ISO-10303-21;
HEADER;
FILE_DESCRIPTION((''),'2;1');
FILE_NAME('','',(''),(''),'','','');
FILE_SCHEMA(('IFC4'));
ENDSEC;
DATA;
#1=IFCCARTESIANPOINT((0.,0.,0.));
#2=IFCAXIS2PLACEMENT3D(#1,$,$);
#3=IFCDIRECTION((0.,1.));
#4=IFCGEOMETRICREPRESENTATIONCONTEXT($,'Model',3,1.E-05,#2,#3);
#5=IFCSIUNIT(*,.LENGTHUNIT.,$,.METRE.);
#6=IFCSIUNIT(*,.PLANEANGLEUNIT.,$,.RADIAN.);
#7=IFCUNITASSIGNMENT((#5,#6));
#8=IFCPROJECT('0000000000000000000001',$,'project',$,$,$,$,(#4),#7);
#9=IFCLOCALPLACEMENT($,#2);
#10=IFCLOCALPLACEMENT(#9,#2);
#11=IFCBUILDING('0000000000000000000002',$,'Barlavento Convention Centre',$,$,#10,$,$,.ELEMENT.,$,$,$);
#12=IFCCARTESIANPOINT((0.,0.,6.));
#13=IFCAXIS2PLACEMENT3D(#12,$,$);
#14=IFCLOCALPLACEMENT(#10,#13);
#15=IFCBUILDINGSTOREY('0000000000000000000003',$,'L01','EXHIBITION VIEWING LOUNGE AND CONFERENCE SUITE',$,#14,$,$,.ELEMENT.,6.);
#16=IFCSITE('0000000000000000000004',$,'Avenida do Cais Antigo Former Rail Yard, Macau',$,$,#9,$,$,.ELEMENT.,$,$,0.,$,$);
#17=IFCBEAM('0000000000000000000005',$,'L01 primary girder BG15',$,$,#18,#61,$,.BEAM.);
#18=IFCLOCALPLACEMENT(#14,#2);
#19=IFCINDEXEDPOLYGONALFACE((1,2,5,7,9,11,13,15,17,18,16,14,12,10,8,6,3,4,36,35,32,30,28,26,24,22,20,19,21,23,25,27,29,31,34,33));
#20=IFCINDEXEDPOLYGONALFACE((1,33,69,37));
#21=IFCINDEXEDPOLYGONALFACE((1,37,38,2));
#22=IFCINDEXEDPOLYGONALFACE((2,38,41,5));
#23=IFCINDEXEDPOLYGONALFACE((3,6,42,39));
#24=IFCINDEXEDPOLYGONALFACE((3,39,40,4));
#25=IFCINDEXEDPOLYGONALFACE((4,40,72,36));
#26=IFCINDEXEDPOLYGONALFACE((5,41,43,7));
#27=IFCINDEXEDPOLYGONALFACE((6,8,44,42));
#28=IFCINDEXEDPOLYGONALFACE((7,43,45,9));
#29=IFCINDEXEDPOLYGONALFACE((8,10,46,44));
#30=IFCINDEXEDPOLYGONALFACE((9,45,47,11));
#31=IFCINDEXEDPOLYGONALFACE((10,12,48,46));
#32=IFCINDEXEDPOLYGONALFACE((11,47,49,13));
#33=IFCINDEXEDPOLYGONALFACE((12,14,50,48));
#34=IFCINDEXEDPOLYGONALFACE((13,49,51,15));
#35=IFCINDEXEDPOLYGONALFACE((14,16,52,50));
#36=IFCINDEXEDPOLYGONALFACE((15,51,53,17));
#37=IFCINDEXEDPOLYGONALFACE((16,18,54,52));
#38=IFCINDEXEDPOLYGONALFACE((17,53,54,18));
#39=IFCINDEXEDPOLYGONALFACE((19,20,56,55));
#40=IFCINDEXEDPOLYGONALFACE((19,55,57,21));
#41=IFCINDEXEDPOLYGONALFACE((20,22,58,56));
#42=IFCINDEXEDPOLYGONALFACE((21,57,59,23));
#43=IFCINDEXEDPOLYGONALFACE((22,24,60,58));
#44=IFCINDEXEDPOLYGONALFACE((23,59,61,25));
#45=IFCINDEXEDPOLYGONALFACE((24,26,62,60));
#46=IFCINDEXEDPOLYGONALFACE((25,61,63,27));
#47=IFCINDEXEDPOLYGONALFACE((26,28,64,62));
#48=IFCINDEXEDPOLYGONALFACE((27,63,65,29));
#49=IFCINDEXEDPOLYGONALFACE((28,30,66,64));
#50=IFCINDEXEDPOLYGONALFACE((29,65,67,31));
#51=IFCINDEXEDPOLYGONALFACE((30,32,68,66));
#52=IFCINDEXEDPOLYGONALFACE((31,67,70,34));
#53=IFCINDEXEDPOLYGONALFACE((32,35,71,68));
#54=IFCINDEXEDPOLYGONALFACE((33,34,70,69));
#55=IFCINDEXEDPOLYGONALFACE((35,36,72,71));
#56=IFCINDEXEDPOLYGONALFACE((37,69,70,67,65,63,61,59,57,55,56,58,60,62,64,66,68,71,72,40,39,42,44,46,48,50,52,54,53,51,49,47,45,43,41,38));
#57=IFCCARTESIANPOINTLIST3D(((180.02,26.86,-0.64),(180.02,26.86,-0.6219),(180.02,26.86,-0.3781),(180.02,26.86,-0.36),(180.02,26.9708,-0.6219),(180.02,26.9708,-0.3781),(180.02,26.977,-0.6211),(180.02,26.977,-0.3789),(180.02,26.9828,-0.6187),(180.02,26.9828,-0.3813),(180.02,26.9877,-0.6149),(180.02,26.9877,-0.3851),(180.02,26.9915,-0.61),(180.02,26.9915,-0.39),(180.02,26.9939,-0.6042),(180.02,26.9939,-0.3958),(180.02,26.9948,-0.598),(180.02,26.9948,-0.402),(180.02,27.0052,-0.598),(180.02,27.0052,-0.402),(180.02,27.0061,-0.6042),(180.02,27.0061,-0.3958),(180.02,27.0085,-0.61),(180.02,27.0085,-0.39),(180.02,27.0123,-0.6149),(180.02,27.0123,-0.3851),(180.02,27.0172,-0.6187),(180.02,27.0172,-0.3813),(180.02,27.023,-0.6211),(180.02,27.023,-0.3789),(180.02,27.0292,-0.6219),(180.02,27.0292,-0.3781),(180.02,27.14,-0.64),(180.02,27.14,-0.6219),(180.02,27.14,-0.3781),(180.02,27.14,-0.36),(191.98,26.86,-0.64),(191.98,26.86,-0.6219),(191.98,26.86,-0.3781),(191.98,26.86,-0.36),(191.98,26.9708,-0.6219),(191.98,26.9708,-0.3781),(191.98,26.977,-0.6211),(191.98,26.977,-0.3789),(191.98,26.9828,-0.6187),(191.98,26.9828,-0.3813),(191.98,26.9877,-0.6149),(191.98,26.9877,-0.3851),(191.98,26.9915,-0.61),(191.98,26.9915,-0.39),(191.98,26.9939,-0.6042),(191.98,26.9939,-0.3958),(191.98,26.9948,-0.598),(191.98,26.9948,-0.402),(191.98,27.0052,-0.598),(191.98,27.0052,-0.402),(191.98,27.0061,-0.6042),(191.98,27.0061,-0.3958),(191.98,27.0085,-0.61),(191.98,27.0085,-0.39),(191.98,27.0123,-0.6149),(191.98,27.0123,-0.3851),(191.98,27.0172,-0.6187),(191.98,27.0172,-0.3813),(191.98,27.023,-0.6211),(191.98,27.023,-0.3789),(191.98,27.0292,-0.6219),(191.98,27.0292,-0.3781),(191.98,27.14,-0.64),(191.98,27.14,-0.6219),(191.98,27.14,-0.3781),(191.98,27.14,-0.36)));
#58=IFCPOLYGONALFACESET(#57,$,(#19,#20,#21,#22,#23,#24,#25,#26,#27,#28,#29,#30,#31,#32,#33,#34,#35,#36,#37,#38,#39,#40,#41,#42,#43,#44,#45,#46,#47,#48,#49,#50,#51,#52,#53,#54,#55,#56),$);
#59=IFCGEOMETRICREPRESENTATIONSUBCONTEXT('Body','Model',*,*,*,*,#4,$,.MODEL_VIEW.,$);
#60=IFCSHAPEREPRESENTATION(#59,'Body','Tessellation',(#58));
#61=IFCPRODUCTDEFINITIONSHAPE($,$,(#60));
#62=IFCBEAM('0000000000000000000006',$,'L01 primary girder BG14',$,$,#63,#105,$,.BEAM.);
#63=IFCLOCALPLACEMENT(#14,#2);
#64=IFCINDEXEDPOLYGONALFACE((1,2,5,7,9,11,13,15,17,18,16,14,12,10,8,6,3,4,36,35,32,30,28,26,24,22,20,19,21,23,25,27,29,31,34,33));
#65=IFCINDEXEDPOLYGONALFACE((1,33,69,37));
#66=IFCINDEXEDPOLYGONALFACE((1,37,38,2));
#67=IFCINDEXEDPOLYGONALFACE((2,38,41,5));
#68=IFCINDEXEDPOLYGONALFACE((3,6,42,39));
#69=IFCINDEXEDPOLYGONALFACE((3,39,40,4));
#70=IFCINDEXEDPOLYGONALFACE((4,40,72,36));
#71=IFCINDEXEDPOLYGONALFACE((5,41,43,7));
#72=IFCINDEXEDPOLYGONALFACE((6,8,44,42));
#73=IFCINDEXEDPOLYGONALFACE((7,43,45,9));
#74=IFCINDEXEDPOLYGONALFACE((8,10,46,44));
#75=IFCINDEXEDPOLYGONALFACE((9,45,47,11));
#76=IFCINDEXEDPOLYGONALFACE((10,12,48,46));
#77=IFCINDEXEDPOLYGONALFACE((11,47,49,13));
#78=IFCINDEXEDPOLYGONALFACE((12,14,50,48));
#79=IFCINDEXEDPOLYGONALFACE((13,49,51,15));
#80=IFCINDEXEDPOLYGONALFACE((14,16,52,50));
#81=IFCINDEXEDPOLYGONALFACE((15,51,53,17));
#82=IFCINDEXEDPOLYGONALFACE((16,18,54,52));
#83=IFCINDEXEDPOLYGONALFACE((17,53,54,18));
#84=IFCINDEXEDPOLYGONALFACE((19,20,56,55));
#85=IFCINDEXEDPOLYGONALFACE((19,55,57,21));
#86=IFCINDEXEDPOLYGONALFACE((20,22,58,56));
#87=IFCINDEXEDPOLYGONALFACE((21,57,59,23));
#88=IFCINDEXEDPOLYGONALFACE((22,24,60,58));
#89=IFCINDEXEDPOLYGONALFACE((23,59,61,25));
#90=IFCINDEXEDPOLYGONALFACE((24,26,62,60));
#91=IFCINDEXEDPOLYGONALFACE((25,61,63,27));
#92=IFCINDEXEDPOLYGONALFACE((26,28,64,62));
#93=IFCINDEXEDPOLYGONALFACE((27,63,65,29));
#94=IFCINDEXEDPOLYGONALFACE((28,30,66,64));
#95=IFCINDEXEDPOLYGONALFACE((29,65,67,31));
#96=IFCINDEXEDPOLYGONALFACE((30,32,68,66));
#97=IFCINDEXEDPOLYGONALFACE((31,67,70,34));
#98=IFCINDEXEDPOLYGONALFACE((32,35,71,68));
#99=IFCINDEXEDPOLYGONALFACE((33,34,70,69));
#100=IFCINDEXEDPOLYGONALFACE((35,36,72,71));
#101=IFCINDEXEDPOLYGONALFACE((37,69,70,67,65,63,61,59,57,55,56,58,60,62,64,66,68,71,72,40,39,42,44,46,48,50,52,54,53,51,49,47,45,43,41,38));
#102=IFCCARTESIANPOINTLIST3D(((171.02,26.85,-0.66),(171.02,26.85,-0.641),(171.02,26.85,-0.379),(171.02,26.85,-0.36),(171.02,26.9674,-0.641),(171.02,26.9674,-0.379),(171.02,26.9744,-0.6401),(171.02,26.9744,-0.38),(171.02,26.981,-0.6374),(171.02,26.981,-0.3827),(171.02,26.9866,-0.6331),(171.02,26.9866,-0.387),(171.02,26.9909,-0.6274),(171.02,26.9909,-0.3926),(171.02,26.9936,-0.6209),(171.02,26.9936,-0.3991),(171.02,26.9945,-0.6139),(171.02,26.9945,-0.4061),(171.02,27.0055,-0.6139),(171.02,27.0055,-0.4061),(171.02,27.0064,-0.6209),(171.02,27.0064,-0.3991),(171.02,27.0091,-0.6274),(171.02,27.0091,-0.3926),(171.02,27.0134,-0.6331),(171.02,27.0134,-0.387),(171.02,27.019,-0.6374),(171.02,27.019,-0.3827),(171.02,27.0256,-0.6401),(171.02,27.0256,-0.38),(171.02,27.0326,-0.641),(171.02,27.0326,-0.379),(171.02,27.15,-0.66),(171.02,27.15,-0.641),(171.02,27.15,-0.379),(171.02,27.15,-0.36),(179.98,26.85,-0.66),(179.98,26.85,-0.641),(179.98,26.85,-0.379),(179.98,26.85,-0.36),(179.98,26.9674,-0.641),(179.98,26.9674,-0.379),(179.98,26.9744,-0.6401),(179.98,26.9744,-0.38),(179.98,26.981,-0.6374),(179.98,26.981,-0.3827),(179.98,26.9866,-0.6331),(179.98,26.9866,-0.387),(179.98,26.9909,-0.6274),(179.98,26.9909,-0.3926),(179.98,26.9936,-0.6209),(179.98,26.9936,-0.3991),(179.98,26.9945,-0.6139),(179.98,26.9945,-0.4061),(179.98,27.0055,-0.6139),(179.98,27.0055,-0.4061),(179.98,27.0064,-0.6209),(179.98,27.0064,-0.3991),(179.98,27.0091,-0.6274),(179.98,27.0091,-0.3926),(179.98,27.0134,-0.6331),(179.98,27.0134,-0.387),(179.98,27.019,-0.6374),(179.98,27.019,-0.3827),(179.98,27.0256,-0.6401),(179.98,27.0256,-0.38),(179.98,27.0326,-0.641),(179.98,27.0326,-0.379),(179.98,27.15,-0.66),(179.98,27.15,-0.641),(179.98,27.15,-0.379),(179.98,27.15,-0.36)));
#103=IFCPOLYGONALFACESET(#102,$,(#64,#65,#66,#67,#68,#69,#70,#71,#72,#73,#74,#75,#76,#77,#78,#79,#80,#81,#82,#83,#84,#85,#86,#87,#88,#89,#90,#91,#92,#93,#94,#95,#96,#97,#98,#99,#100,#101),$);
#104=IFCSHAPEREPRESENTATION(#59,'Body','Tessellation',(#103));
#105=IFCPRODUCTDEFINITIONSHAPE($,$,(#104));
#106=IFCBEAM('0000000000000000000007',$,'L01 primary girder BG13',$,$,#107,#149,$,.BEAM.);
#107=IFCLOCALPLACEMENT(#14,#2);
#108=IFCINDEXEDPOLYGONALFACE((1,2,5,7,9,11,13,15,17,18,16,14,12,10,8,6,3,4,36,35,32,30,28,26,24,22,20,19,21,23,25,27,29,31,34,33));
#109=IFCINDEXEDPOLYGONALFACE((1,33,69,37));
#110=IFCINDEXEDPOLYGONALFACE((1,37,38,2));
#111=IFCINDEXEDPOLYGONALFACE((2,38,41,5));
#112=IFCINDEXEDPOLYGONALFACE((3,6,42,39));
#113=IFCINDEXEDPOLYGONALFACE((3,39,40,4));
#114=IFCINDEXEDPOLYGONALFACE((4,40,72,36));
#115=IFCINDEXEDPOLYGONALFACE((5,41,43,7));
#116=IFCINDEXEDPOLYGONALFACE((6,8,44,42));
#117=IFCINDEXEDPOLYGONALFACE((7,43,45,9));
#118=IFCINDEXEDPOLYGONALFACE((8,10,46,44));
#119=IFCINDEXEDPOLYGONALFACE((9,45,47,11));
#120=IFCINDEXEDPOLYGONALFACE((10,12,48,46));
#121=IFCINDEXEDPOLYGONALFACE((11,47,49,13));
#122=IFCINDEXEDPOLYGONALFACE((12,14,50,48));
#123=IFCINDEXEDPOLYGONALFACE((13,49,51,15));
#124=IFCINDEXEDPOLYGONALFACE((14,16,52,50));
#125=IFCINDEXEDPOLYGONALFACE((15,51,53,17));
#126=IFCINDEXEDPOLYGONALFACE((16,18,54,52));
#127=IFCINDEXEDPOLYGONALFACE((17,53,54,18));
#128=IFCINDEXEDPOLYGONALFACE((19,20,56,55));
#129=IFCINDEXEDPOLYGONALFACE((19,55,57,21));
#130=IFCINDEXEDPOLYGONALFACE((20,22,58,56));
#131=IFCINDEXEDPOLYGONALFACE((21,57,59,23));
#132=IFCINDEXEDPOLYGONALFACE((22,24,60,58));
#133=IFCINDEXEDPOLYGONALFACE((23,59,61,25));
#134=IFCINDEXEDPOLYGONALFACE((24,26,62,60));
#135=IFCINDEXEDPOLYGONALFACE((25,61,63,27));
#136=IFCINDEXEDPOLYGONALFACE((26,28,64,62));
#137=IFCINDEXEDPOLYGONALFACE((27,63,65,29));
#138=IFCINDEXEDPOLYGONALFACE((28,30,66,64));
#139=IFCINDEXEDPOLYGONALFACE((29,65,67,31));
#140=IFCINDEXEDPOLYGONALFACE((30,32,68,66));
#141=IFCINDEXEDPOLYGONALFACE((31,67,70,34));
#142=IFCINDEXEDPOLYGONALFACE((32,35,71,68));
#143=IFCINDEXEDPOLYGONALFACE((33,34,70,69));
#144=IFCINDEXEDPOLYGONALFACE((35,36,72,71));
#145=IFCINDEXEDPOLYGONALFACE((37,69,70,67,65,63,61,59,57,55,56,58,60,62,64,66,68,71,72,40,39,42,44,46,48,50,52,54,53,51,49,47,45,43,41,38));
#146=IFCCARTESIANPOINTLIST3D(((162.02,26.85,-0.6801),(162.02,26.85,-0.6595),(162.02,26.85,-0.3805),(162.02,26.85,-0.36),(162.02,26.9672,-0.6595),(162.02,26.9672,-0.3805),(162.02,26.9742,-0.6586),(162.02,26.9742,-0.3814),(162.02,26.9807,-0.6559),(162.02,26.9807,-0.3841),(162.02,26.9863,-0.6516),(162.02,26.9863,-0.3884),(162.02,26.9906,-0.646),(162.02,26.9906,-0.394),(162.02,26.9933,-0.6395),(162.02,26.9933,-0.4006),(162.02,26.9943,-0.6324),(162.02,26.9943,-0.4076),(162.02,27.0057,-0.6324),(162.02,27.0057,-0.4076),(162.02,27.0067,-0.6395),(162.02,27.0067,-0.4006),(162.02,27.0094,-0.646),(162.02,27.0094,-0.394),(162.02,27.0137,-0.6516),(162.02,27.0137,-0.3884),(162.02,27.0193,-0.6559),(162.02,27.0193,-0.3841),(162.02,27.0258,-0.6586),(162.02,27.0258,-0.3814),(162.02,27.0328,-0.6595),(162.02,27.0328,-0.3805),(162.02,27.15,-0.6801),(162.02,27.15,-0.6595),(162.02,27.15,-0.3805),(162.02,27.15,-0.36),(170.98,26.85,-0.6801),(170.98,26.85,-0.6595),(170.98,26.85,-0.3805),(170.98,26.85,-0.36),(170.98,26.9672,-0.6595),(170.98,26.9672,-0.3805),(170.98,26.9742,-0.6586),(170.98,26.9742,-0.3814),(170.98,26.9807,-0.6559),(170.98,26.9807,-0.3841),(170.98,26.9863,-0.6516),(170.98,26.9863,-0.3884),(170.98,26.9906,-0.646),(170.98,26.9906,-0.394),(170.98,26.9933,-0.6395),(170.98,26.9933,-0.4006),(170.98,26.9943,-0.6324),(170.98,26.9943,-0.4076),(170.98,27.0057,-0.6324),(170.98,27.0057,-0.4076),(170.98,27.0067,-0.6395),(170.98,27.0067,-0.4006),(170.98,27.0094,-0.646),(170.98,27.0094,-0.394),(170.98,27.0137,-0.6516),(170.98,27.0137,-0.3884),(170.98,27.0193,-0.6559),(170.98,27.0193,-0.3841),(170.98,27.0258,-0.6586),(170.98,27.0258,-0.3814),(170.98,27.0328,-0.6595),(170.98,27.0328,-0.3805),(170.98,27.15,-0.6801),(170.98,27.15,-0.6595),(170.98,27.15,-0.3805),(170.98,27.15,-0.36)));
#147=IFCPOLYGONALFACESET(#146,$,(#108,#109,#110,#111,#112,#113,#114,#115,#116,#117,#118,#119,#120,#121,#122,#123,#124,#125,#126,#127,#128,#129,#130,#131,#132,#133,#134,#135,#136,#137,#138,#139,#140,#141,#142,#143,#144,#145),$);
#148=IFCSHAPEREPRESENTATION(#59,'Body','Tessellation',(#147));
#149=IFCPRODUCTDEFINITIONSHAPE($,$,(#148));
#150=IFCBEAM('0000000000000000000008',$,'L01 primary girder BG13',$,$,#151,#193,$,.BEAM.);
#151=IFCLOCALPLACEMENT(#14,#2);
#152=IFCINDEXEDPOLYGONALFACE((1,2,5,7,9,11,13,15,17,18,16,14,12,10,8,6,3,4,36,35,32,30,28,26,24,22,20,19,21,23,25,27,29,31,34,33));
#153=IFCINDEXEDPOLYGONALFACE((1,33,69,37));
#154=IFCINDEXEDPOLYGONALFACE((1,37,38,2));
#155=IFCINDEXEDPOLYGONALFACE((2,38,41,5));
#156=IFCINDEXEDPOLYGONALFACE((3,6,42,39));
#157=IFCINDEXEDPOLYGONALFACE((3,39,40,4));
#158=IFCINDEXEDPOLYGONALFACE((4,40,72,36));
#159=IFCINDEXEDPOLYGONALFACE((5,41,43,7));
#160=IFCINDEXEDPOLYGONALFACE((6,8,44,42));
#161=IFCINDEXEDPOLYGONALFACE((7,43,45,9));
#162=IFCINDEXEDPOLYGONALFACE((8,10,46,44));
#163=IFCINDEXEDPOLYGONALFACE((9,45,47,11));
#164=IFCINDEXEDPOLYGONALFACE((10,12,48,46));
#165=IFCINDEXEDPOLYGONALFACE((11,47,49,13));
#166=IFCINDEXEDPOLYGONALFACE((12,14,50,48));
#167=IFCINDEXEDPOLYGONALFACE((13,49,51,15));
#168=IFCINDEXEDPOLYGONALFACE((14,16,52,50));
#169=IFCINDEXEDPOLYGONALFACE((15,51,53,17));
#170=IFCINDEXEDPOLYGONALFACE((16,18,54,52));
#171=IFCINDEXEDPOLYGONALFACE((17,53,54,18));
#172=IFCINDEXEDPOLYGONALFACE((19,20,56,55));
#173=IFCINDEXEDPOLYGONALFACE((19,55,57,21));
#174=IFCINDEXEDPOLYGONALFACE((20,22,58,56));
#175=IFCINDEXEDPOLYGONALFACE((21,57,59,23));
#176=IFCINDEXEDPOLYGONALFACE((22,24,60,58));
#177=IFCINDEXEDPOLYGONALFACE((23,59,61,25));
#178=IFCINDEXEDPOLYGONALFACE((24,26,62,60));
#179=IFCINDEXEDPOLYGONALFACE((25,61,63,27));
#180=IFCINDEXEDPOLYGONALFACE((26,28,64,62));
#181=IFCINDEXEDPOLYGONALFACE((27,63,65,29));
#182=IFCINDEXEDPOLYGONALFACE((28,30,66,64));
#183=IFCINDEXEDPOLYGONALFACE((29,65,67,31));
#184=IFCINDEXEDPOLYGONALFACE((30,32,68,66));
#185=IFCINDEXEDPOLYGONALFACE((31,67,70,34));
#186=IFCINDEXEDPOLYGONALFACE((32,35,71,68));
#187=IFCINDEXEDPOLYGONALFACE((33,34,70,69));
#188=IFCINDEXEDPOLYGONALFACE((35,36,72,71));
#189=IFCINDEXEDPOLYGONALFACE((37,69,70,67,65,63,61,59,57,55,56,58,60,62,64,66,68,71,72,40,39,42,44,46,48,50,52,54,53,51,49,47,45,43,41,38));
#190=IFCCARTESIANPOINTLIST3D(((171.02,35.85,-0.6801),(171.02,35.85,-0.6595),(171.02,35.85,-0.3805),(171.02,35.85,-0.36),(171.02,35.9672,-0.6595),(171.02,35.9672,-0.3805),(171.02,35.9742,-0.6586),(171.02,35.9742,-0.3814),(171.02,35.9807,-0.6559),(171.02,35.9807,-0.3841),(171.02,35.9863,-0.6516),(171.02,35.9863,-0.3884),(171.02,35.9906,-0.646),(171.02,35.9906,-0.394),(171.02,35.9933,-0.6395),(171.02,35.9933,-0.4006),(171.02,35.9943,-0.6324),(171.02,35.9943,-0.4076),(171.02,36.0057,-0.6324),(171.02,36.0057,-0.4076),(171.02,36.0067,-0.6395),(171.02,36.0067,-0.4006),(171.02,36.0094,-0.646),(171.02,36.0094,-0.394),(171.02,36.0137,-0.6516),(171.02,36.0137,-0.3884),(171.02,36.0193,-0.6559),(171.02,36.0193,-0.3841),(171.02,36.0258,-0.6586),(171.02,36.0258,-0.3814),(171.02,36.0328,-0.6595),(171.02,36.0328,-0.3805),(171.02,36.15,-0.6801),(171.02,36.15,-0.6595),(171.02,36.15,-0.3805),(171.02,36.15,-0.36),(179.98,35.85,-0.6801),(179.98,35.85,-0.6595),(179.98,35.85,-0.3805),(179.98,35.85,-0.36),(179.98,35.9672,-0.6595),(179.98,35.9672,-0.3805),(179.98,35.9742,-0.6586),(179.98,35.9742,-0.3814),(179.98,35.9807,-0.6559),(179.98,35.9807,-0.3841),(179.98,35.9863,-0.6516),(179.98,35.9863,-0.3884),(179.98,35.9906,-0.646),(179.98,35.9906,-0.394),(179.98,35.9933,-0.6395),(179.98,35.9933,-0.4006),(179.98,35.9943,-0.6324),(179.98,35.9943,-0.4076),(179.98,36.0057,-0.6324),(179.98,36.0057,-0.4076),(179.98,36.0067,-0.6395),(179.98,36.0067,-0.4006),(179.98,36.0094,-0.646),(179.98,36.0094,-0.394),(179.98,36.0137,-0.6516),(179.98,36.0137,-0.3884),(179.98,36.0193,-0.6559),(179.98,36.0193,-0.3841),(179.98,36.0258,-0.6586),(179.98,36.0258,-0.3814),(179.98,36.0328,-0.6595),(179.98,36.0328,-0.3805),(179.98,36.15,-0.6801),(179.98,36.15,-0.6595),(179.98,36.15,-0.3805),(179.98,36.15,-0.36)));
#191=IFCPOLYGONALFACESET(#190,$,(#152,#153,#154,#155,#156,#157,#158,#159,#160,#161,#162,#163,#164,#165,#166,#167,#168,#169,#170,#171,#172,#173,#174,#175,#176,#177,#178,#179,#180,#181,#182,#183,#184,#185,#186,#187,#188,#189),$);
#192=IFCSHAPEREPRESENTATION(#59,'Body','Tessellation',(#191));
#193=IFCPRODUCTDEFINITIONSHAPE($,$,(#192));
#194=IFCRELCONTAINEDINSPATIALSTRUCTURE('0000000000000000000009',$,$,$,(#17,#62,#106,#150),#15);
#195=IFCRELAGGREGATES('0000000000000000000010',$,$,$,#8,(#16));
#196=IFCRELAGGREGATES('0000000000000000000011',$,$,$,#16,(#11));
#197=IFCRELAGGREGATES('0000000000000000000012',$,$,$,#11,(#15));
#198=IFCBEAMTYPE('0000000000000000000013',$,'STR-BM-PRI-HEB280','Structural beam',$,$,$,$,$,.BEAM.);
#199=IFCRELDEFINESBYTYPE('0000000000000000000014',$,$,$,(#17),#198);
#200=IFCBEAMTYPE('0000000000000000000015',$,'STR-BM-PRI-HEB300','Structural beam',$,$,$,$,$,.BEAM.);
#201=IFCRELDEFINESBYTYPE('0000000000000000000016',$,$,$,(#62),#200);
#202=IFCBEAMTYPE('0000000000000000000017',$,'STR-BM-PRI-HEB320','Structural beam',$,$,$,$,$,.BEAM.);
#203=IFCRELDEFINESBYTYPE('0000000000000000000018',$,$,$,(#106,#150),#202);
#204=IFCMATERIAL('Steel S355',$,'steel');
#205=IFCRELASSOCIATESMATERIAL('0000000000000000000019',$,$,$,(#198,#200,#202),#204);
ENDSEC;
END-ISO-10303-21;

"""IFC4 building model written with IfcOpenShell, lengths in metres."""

from ifc_helpers import new_model, si_unit, direction, frame, origin, origin_2d, place, context, subcontext, project, spatial, i_section, extrude, material, material_profile, profile_set, type_object, element, save


model = new_model("IFC4")

# Units and contexts
model_context = context("Model", 3, precision=1e-05, world=origin(), true_north=direction((0.0, 1.0)))
body_context = subcontext(model_context, "Body", "Model", "MODEL_VIEW")
ifc_project = project(units=[si_unit("LENGTHUNIT", "METRE"), si_unit("PLANEANGLEUNIT", "RADIAN")], contexts=[model_context])

# Site, building, storey
site_placement = place(None, origin())
site = spatial("IfcSite", under=ifc_project, at=site_placement, Name="Avenida do Cais Antigo Former Rail Yard, Macau", CompositionType="ELEMENT", RefElevation=0.0)
building_placement = place(site_placement, origin())
building = spatial("IfcBuilding", under=site, at=building_placement, Name="Barlavento Convention Centre", CompositionType="ELEMENT")
storey_placement = place(building_placement, frame((0.0, 0.0, 6.0)))
storey = spatial("IfcBuildingStorey", under=building, at=storey_placement, Name="L01", Description="EXHIBITION VIEWING LOUNGE AND CONFERENCE SUITE", CompositionType="ELEMENT", Elevation=6.0)

# Shared definitions
ifc_material_1 = material(Name="Steel S355", Category="steel")

# Beams
ifc_material_profile_1 = material_profile(ifc_material_1, i_section(OverallWidth=0.28, OverallDepth=0.28, WebThickness=0.0105, FlangeThickness=0.0181, FilletRadius=0.0239, at=origin_2d()), Name="HEB 280")
ifc_profile_set_1 = profile_set([ifc_material_profile_1], Name="Steel S355")
beam_type_1 = type_object("IfcBeamType", Name="STR-BM-PRI-HEB280", Description="Structural beam", PredefinedType="BEAM", material=ifc_profile_set_1)
beam_1_placement = place(storey_placement, frame((180.02, 27.0, -0.5), z_axis=(1.0, 0.0, 0.0), x_axis=(0.0, 1.0, 0.0)))
element("IfcBeam", 1, at=beam_1_placement, inside=storey, type_object=beam_type_1, Name="L01 primary girder BG15", PredefinedType="BEAM", context=body_context, shape_type="SweptSolid", body=[
    extrude(i_section(OverallWidth=0.28, OverallDepth=0.28, WebThickness=0.0105, FlangeThickness=0.0181, FilletRadius=0.0239, at=origin_2d()), origin(), (0.0, 0.0, 1.0), 11.96),
])
ifc_material_profile_2 = material_profile(ifc_material_1, i_section(OverallWidth=0.3, OverallDepth=0.3, WebThickness=0.011, FlangeThickness=0.019, FilletRadius=0.0271, at=origin_2d()), Name="HEB 300")
ifc_profile_set_2 = profile_set([ifc_material_profile_2], Name="Steel S355")
beam_type_2 = type_object("IfcBeamType", Name="STR-BM-PRI-HEB300", Description="Structural beam", PredefinedType="BEAM", material=ifc_profile_set_2)
beam_2_placement = place(storey_placement, frame((171.02, 27.0, -0.51), z_axis=(1.0, 0.0, 0.0), x_axis=(0.0, 1.0, 0.0)))
element("IfcBeam", 2, at=beam_2_placement, inside=storey, type_object=beam_type_2, Name="L01 primary girder BG14", PredefinedType="BEAM", context=body_context, shape_type="SweptSolid", body=[
    extrude(i_section(OverallWidth=0.3, OverallDepth=0.3, WebThickness=0.011, FlangeThickness=0.019, FilletRadius=0.0271, at=origin_2d()), origin(), (0.0, 0.0, 1.0), 8.96),
])
ifc_material_profile_3 = material_profile(ifc_material_1, i_section(OverallWidth=0.3, OverallDepth=0.3201, WebThickness=0.0115, FlangeThickness=0.0205, FilletRadius=0.0271, at=origin_2d()), Name="HEB 320")
ifc_profile_set_3 = profile_set([ifc_material_profile_3], Name="Steel S355")
beam_type_3 = type_object("IfcBeamType", Name="STR-BM-PRI-HEB320", Description="Structural beam", PredefinedType="BEAM", material=ifc_profile_set_3)
for number, where, z_axis, x_axis, name in (
    (3, (162.02, 27.0, -0.52), (1.0, 0.0, 0.0), (0.0, 1.0, 0.0), "L01 primary girder BG13"),
    (4, (171.02, 36.0, -0.52), (1.0, 0.0, 0.0), (0.0, 1.0, 0.0), "L01 primary girder BG13"),
):
    element("IfcBeam", number, at=place(storey_placement, frame(where, z_axis=z_axis, x_axis=x_axis)), inside=storey, type_object=beam_type_3, Name=name, PredefinedType="BEAM", context=body_context, shape_type="SweptSolid", body=[
        extrude(i_section(OverallWidth=0.3, OverallDepth=0.3201, WebThickness=0.0115, FlangeThickness=0.0205, FilletRadius=0.0271, at=origin_2d()), origin(), (0.0, 0.0, 1.0), 8.96),
    ])

save(model, "model.ifc")
